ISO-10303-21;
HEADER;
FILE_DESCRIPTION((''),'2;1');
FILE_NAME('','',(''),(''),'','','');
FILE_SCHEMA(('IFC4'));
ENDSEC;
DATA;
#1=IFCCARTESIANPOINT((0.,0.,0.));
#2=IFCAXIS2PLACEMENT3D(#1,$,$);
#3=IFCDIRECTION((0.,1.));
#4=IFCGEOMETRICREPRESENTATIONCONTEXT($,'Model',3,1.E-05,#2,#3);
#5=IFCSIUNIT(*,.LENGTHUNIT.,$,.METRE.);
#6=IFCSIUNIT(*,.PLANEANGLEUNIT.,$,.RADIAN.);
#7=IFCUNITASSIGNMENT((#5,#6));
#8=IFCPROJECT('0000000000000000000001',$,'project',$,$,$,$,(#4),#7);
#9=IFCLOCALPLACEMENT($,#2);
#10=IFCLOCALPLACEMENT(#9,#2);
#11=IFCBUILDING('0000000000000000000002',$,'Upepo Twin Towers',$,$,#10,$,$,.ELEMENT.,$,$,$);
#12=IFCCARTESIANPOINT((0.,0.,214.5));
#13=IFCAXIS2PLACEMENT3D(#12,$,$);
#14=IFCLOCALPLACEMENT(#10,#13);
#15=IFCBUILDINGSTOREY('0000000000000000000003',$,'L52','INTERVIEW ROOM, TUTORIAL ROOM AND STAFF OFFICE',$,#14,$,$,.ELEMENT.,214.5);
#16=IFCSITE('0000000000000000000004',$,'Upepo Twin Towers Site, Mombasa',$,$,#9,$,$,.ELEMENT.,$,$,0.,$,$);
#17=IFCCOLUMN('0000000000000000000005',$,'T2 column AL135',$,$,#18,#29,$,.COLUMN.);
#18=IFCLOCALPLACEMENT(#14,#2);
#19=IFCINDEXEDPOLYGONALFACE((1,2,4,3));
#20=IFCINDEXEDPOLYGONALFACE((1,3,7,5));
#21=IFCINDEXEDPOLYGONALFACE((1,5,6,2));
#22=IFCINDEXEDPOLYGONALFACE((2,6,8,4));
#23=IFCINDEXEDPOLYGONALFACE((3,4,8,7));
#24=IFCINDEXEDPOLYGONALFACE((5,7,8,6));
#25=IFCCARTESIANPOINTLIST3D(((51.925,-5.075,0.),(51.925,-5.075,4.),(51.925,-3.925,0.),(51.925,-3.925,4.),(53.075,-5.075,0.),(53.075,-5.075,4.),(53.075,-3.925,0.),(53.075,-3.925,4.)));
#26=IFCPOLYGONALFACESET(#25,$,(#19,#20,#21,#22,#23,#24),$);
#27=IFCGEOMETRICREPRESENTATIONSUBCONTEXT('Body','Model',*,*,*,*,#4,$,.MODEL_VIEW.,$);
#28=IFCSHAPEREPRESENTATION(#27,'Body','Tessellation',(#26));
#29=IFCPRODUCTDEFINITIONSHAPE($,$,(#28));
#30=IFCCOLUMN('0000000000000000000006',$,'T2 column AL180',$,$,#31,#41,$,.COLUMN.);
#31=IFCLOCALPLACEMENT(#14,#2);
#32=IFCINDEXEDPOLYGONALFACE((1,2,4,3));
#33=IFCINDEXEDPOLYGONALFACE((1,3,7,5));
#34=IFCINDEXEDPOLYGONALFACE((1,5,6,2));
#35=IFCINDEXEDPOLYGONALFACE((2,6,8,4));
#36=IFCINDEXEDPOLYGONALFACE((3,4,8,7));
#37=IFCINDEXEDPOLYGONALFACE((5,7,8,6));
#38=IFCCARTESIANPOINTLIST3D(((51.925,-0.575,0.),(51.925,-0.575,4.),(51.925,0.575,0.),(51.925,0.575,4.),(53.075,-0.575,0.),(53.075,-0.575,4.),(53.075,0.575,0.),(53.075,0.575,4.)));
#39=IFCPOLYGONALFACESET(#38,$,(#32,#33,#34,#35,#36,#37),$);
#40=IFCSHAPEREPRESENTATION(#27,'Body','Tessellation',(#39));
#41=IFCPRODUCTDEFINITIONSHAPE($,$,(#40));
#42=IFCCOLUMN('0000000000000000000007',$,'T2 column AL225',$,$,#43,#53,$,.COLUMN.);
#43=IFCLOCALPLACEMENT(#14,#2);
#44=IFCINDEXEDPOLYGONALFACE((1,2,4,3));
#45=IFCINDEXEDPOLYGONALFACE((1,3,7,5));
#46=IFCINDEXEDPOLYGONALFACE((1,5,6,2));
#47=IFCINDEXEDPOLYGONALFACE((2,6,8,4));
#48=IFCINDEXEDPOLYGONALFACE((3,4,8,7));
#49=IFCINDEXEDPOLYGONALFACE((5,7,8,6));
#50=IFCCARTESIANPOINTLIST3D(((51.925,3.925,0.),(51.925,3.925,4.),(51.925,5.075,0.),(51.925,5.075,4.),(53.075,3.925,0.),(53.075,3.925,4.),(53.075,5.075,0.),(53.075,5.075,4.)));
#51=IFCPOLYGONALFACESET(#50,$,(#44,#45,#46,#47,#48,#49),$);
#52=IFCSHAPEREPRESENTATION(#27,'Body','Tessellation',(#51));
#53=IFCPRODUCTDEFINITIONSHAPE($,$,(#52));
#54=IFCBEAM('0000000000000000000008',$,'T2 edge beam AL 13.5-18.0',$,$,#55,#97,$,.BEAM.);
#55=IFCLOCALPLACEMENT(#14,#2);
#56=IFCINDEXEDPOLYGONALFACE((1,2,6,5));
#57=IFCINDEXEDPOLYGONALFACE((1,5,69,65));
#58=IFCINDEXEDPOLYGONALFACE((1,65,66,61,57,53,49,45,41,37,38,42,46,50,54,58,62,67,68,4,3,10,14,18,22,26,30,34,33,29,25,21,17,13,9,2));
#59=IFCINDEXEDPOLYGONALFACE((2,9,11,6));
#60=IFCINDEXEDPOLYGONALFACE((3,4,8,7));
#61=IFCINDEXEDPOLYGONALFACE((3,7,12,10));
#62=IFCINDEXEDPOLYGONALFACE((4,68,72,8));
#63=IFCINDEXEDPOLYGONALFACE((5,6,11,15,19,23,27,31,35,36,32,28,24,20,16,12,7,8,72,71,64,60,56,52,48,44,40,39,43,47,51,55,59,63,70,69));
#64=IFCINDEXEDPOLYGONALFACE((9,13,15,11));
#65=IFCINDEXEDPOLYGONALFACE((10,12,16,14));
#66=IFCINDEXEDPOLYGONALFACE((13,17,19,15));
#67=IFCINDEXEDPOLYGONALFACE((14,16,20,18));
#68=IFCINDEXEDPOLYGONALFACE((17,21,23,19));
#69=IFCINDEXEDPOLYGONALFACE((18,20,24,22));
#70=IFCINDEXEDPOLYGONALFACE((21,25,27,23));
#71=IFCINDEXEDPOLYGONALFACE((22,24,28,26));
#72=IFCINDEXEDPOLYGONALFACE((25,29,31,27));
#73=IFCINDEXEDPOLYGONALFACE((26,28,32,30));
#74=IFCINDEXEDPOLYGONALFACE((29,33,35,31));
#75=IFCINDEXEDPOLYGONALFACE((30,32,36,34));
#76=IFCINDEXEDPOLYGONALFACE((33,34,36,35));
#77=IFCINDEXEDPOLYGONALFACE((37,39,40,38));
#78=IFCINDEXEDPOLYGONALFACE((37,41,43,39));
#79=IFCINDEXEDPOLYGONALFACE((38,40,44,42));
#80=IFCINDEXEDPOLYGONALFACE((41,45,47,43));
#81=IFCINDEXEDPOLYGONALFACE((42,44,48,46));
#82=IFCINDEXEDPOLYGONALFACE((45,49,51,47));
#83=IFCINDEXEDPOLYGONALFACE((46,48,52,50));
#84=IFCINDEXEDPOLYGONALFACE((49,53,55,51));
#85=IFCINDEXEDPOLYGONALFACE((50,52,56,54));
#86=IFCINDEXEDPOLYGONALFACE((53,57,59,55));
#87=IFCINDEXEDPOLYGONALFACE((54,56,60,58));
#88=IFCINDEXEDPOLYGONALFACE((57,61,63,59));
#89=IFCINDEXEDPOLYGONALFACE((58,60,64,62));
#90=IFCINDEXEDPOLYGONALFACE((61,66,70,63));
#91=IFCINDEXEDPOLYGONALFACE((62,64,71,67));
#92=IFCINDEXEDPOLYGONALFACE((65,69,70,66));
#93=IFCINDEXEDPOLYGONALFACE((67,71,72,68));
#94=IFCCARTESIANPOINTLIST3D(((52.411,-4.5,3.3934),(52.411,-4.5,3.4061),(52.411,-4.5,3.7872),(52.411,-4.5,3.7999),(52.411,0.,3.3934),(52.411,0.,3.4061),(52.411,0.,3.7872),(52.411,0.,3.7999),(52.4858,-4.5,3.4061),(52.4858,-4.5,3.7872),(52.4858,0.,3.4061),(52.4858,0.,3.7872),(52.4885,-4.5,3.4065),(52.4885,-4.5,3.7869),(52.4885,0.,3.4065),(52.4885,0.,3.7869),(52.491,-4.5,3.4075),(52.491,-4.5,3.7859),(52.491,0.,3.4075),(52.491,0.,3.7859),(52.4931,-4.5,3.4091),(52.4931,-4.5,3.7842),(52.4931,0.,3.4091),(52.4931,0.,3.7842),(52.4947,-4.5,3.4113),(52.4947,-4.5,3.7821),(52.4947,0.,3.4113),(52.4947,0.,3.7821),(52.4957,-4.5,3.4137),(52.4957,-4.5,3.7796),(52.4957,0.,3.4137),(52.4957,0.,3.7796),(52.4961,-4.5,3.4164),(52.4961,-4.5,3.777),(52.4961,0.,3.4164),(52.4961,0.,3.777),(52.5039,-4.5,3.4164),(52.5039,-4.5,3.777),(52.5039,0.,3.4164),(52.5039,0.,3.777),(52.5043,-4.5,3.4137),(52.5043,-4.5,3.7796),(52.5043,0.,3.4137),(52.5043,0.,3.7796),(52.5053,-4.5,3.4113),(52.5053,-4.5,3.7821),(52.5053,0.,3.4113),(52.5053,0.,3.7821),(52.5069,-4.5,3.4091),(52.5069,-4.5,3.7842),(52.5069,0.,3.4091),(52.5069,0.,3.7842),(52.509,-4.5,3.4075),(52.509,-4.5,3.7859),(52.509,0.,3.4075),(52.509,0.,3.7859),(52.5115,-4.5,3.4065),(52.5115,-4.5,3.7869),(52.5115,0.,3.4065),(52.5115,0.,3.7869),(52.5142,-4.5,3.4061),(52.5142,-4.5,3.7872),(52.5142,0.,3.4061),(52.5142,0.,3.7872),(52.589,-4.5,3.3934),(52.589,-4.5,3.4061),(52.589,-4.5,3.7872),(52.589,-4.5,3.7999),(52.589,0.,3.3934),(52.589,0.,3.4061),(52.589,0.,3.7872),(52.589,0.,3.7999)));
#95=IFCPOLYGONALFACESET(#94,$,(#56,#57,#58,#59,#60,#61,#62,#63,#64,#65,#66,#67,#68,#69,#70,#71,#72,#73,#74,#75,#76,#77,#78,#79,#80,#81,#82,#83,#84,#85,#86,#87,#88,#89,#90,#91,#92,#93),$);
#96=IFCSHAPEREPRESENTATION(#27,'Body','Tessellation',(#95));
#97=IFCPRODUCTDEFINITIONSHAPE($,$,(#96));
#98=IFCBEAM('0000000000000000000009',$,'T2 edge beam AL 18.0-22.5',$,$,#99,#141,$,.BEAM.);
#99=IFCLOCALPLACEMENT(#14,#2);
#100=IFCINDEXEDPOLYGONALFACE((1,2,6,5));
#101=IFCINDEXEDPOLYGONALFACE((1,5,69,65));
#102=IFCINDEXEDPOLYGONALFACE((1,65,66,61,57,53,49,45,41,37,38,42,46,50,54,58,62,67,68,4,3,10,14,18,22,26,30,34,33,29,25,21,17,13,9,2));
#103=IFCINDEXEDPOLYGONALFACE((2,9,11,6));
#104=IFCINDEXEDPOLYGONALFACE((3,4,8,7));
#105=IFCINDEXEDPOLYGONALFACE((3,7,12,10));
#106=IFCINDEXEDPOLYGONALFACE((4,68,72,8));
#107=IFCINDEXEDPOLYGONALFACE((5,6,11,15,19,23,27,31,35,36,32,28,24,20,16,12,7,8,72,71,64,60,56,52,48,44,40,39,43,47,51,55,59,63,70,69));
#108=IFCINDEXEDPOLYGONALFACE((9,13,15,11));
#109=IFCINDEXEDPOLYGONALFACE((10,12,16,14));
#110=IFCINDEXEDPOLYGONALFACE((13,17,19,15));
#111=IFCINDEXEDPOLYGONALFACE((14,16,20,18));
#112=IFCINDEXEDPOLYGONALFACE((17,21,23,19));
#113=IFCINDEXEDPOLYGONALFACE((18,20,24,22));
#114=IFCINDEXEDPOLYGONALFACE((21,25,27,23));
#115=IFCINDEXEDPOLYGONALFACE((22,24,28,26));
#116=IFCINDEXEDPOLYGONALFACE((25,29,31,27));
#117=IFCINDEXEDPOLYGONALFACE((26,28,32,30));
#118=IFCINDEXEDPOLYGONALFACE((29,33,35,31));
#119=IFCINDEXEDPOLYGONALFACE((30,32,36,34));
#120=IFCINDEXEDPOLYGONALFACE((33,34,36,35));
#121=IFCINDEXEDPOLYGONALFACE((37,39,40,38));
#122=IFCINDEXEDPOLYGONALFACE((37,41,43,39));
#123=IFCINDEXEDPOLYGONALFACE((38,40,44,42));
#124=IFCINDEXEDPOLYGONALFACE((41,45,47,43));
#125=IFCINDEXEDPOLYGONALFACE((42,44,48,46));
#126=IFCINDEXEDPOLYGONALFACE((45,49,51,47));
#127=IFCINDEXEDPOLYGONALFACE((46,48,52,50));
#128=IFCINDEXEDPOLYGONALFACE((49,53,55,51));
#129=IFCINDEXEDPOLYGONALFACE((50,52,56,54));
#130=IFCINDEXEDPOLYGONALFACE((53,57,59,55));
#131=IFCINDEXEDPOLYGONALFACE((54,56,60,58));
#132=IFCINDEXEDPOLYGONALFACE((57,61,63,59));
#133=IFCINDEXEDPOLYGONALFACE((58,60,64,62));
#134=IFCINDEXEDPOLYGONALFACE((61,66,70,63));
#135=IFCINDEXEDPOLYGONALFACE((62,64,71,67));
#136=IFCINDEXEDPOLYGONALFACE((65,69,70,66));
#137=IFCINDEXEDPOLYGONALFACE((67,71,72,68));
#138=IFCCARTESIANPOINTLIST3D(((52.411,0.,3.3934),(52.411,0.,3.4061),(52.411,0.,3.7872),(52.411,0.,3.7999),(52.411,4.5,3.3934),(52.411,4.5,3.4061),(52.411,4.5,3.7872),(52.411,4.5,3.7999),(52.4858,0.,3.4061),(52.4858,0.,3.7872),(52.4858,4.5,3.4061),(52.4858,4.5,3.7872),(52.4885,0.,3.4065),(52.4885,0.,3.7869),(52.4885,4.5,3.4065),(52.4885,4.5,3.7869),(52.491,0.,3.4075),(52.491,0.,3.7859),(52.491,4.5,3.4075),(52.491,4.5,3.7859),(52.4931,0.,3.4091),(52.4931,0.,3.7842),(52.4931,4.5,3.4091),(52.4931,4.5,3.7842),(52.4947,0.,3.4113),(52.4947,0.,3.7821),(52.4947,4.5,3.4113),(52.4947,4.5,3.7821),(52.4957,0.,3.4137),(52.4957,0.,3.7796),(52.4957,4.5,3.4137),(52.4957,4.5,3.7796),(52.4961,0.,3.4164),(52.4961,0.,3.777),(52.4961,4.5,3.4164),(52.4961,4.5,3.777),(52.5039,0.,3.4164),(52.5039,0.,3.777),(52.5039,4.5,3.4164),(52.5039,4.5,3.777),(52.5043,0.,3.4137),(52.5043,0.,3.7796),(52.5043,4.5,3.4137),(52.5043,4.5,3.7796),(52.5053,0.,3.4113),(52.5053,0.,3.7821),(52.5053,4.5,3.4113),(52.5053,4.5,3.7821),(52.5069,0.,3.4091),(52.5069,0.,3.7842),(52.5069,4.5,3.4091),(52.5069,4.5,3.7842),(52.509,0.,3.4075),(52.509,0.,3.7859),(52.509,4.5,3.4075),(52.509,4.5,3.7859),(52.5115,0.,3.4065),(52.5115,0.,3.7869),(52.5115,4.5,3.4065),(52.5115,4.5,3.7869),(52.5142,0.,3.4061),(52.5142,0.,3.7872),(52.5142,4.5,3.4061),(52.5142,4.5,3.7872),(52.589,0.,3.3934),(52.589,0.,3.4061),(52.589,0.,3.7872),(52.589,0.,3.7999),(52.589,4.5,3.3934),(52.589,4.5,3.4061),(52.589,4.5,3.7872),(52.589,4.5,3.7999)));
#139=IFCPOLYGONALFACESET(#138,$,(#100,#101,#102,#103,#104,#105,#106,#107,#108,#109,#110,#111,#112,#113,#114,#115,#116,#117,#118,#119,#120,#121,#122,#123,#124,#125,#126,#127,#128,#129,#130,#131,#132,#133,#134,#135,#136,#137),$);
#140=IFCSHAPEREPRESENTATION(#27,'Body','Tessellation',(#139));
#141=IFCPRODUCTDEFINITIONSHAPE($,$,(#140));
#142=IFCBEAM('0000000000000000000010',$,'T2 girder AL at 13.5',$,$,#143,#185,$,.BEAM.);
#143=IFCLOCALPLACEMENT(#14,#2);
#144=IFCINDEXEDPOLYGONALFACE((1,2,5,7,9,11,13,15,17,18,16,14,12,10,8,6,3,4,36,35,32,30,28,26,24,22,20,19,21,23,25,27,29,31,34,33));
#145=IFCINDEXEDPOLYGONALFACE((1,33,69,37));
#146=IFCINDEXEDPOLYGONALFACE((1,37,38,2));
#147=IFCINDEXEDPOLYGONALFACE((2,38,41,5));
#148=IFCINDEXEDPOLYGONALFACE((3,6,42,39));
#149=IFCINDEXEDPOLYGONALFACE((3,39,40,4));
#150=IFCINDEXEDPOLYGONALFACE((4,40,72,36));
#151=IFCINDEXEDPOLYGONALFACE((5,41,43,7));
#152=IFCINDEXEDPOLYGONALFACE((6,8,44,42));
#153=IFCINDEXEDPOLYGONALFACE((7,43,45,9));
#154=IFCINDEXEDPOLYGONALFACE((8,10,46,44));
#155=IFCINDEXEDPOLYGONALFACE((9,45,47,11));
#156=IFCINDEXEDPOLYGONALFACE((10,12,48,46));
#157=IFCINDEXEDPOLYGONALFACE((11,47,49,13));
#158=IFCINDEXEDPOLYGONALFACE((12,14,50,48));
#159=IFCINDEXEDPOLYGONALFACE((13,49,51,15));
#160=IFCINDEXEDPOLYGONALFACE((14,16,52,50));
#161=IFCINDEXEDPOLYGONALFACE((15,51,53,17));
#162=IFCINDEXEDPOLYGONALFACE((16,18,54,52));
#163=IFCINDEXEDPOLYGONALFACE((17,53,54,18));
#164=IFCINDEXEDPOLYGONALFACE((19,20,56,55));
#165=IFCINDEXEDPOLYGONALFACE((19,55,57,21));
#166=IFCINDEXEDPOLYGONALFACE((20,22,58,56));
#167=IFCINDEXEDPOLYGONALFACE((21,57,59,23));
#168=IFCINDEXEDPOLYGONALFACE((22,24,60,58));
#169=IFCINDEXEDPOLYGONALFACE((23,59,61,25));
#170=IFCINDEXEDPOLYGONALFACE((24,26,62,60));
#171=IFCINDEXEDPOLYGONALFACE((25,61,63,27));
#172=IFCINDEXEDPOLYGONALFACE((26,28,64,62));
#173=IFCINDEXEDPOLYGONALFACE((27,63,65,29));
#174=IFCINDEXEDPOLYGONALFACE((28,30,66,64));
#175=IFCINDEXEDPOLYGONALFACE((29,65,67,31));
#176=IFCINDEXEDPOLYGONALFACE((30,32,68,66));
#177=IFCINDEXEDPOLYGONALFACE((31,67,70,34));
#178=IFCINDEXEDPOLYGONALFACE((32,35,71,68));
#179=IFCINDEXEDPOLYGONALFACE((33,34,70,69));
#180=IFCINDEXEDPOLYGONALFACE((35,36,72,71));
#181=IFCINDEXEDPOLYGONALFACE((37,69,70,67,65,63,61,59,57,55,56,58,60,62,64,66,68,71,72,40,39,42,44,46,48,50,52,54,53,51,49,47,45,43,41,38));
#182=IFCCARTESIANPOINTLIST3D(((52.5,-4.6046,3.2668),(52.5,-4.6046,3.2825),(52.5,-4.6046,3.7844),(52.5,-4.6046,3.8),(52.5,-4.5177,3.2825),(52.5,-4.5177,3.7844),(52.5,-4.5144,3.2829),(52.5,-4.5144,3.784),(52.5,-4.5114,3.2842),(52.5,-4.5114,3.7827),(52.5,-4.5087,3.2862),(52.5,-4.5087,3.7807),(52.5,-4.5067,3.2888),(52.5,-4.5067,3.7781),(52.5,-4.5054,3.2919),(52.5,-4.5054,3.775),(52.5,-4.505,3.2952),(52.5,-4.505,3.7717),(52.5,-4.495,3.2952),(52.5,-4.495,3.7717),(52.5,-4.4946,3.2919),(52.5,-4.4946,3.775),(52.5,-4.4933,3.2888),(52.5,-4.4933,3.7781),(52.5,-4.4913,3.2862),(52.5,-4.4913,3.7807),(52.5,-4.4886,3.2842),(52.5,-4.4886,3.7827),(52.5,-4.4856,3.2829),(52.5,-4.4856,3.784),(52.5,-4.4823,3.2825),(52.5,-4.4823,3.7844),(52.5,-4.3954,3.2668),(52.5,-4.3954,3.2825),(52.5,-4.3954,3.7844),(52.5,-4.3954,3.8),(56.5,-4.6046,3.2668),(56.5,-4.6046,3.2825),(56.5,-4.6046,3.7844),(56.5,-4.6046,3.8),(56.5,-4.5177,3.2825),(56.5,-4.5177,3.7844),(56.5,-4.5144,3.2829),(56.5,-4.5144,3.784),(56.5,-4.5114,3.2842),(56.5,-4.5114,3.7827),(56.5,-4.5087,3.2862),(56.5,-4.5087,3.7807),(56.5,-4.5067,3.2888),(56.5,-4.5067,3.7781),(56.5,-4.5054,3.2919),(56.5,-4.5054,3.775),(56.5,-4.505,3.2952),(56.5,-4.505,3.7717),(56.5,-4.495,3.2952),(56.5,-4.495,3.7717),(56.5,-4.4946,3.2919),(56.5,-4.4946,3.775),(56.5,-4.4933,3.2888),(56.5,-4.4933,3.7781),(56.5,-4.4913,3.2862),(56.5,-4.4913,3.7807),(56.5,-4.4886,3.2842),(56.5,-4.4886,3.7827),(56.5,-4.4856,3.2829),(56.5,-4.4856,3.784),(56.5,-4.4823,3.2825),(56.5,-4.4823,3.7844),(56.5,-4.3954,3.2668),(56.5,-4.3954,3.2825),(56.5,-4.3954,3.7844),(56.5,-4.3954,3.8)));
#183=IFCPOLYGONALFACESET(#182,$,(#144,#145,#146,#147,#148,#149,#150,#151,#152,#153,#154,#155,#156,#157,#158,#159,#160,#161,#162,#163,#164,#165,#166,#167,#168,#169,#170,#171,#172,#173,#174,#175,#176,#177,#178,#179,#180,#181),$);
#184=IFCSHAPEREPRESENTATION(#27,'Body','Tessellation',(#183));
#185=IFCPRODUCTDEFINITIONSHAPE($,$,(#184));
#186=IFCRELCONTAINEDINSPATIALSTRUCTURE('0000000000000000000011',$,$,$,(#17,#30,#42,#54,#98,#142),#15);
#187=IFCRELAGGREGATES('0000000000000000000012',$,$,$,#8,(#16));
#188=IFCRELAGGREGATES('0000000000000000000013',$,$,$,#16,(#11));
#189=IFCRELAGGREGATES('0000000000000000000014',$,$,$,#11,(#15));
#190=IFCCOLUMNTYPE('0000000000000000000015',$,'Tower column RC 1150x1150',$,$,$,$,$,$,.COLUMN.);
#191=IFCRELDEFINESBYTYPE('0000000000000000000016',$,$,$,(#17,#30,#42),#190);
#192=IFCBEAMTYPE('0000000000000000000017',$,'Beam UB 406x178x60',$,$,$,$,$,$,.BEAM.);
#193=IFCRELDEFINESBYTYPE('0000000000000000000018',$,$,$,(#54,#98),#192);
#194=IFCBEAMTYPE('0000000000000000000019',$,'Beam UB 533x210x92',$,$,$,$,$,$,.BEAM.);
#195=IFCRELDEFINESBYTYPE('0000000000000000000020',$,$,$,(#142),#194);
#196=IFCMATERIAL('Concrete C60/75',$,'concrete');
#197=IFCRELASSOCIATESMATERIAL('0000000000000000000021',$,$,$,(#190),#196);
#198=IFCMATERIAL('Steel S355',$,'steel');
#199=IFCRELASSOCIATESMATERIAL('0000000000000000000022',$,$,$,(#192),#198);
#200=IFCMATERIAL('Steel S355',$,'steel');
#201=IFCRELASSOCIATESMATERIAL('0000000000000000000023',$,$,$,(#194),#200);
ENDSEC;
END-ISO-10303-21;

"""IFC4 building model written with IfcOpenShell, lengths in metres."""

from ifc_helpers import new_model, si_unit, direction, frame, origin, origin_2d, place, context, subcontext, project, spatial, rectangle, i_section, extrude, material, material_profile, profile_set, type_object, element, save


model = new_model("IFC4")

# Units and contexts
model_context = context("Model", 3, precision=1e-05, world=origin(), true_north=direction((0.0, 1.0)))
body_context = subcontext(model_context, "Body", "Model", "MODEL_VIEW")
ifc_project = project(units=[si_unit("LENGTHUNIT", "METRE"), si_unit("PLANEANGLEUNIT", "RADIAN")], contexts=[model_context])

# Site, building, storey
site_placement = place(None, origin())
site = spatial("IfcSite", under=ifc_project, at=site_placement, Name="Upepo Twin Towers Site, Mombasa", CompositionType="ELEMENT", RefElevation=0.0)
building_placement = place(site_placement, origin())
building = spatial("IfcBuilding", under=site, at=building_placement, Name="Upepo Twin Towers", CompositionType="ELEMENT")
storey_placement = place(building_placement, frame((0.0, 0.0, 214.5)))
storey = spatial("IfcBuildingStorey", under=building, at=storey_placement, Name="L52", Description="INTERVIEW ROOM, TUTORIAL ROOM AND STAFF OFFICE", CompositionType="ELEMENT", Elevation=214.5)

# Columns
ifc_material_1 = material(Name="Concrete C60/75", Category="concrete")
ifc_material_profile_1 = material_profile(ifc_material_1, rectangle(XDim=1.1499, YDim=1.1499, at=origin_2d()), Name="RC 1150x1150")
ifc_profile_set_1 = profile_set([ifc_material_profile_1], Name="Concrete C60/75")
column_type = type_object("IfcColumnType", Name="Tower column RC 1150x1150", PredefinedType="COLUMN", material=ifc_profile_set_1)
for number, where, z_axis, x_axis, name in (
    (1, (52.5, -4.5, 0.0), (0.0, 0.0, 1.0), (1.0, 0.0, 0.0), "T2 column AL135"),
    (2, (52.5, 0.0, 0.0), (0.0, 0.0, 1.0), (1.0, 0.0, 0.0), "T2 column AL180"),
    (3, (52.5, 4.5, 0.0), (0.0, 0.0, 1.0), (1.0, 0.0, 0.0), "T2 column AL225"),
):
    element("IfcColumn", number, at=place(storey_placement, frame(where, z_axis=z_axis, x_axis=x_axis)), inside=storey, type_object=column_type, Name=name, PredefinedType="COLUMN", context=body_context, shape_type="SweptSolid", body=[
        extrude(rectangle(XDim=1.1499, YDim=1.1499, at=origin_2d()), origin(), (0.0, 0.0, 1.0), 4.0),
    ])

# Beams
ifc_material_2 = material(Name="Steel S355", Category="steel")
ifc_material_profile_2 = material_profile(ifc_material_2, i_section(OverallWidth=0.178, OverallDepth=0.4065, WebThickness=0.0078, FlangeThickness=0.0127, FilletRadius=0.0103, at=origin_2d()), Name="UB 406x178x60")
ifc_profile_set_2 = profile_set([ifc_material_profile_2], Name="Steel S355")
beam_type_1 = type_object("IfcBeamType", Name="Beam UB 406x178x60", PredefinedType="BEAM", material=ifc_profile_set_2)
for number, where, z_axis, x_axis, name in (
    (4, (52.5, -4.5, 3.5967), (0.0, 1.0, 0.0), (-1.0, 0.0, 0.0), "T2 edge beam AL 13.5-18.0"),
    (5, (52.5, 0.0, 3.5967), (0.0, 1.0, 0.0), (-1.0, 0.0, 0.0), "T2 edge beam AL 18.0-22.5"),
):
    element("IfcBeam", number, at=place(storey_placement, frame(where, z_axis=z_axis, x_axis=x_axis)), inside=storey, type_object=beam_type_1, Name=name, PredefinedType="BEAM", context=body_context, shape_type="SweptSolid", body=[
        extrude(i_section(OverallWidth=0.178, OverallDepth=0.4065, WebThickness=0.0078, FlangeThickness=0.0127, FilletRadius=0.0103, at=origin_2d()), origin(), (0.0, 0.0, 1.0), 4.5),
    ])
ifc_material_3 = material(Name="Steel S355", Category="steel")
ifc_material_profile_3 = material_profile(ifc_material_3, i_section(OverallWidth=0.2092, OverallDepth=0.5332, WebThickness=0.01, FlangeThickness=0.0156, FilletRadius=0.0127, at=origin_2d()), Name="UB 533x210x92")
ifc_profile_set_3 = profile_set([ifc_material_profile_3], Name="Steel S355")
beam_type_2 = type_object("IfcBeamType", Name="Beam UB 533x210x92", PredefinedType="BEAM", material=ifc_profile_set_3)
for number, where, z_axis, x_axis, name in (
    (6, (52.5, -4.5, 3.5334), (1.0, 0.0, 0.0), (0.0, 1.0, 0.0), "T2 girder AL at 13.5"),
):
    element("IfcBeam", number, at=place(storey_placement, frame(where, z_axis=z_axis, x_axis=x_axis)), inside=storey, type_object=beam_type_2, Name=name, PredefinedType="BEAM", context=body_context, shape_type="SweptSolid", body=[
        extrude(i_section(OverallWidth=0.2092, OverallDepth=0.5332, WebThickness=0.01, FlangeThickness=0.0156, FilletRadius=0.0127, at=origin_2d()), origin(), (0.0, 0.0, 1.0), 4.0),
    ])

save(model, "model.ifc")
